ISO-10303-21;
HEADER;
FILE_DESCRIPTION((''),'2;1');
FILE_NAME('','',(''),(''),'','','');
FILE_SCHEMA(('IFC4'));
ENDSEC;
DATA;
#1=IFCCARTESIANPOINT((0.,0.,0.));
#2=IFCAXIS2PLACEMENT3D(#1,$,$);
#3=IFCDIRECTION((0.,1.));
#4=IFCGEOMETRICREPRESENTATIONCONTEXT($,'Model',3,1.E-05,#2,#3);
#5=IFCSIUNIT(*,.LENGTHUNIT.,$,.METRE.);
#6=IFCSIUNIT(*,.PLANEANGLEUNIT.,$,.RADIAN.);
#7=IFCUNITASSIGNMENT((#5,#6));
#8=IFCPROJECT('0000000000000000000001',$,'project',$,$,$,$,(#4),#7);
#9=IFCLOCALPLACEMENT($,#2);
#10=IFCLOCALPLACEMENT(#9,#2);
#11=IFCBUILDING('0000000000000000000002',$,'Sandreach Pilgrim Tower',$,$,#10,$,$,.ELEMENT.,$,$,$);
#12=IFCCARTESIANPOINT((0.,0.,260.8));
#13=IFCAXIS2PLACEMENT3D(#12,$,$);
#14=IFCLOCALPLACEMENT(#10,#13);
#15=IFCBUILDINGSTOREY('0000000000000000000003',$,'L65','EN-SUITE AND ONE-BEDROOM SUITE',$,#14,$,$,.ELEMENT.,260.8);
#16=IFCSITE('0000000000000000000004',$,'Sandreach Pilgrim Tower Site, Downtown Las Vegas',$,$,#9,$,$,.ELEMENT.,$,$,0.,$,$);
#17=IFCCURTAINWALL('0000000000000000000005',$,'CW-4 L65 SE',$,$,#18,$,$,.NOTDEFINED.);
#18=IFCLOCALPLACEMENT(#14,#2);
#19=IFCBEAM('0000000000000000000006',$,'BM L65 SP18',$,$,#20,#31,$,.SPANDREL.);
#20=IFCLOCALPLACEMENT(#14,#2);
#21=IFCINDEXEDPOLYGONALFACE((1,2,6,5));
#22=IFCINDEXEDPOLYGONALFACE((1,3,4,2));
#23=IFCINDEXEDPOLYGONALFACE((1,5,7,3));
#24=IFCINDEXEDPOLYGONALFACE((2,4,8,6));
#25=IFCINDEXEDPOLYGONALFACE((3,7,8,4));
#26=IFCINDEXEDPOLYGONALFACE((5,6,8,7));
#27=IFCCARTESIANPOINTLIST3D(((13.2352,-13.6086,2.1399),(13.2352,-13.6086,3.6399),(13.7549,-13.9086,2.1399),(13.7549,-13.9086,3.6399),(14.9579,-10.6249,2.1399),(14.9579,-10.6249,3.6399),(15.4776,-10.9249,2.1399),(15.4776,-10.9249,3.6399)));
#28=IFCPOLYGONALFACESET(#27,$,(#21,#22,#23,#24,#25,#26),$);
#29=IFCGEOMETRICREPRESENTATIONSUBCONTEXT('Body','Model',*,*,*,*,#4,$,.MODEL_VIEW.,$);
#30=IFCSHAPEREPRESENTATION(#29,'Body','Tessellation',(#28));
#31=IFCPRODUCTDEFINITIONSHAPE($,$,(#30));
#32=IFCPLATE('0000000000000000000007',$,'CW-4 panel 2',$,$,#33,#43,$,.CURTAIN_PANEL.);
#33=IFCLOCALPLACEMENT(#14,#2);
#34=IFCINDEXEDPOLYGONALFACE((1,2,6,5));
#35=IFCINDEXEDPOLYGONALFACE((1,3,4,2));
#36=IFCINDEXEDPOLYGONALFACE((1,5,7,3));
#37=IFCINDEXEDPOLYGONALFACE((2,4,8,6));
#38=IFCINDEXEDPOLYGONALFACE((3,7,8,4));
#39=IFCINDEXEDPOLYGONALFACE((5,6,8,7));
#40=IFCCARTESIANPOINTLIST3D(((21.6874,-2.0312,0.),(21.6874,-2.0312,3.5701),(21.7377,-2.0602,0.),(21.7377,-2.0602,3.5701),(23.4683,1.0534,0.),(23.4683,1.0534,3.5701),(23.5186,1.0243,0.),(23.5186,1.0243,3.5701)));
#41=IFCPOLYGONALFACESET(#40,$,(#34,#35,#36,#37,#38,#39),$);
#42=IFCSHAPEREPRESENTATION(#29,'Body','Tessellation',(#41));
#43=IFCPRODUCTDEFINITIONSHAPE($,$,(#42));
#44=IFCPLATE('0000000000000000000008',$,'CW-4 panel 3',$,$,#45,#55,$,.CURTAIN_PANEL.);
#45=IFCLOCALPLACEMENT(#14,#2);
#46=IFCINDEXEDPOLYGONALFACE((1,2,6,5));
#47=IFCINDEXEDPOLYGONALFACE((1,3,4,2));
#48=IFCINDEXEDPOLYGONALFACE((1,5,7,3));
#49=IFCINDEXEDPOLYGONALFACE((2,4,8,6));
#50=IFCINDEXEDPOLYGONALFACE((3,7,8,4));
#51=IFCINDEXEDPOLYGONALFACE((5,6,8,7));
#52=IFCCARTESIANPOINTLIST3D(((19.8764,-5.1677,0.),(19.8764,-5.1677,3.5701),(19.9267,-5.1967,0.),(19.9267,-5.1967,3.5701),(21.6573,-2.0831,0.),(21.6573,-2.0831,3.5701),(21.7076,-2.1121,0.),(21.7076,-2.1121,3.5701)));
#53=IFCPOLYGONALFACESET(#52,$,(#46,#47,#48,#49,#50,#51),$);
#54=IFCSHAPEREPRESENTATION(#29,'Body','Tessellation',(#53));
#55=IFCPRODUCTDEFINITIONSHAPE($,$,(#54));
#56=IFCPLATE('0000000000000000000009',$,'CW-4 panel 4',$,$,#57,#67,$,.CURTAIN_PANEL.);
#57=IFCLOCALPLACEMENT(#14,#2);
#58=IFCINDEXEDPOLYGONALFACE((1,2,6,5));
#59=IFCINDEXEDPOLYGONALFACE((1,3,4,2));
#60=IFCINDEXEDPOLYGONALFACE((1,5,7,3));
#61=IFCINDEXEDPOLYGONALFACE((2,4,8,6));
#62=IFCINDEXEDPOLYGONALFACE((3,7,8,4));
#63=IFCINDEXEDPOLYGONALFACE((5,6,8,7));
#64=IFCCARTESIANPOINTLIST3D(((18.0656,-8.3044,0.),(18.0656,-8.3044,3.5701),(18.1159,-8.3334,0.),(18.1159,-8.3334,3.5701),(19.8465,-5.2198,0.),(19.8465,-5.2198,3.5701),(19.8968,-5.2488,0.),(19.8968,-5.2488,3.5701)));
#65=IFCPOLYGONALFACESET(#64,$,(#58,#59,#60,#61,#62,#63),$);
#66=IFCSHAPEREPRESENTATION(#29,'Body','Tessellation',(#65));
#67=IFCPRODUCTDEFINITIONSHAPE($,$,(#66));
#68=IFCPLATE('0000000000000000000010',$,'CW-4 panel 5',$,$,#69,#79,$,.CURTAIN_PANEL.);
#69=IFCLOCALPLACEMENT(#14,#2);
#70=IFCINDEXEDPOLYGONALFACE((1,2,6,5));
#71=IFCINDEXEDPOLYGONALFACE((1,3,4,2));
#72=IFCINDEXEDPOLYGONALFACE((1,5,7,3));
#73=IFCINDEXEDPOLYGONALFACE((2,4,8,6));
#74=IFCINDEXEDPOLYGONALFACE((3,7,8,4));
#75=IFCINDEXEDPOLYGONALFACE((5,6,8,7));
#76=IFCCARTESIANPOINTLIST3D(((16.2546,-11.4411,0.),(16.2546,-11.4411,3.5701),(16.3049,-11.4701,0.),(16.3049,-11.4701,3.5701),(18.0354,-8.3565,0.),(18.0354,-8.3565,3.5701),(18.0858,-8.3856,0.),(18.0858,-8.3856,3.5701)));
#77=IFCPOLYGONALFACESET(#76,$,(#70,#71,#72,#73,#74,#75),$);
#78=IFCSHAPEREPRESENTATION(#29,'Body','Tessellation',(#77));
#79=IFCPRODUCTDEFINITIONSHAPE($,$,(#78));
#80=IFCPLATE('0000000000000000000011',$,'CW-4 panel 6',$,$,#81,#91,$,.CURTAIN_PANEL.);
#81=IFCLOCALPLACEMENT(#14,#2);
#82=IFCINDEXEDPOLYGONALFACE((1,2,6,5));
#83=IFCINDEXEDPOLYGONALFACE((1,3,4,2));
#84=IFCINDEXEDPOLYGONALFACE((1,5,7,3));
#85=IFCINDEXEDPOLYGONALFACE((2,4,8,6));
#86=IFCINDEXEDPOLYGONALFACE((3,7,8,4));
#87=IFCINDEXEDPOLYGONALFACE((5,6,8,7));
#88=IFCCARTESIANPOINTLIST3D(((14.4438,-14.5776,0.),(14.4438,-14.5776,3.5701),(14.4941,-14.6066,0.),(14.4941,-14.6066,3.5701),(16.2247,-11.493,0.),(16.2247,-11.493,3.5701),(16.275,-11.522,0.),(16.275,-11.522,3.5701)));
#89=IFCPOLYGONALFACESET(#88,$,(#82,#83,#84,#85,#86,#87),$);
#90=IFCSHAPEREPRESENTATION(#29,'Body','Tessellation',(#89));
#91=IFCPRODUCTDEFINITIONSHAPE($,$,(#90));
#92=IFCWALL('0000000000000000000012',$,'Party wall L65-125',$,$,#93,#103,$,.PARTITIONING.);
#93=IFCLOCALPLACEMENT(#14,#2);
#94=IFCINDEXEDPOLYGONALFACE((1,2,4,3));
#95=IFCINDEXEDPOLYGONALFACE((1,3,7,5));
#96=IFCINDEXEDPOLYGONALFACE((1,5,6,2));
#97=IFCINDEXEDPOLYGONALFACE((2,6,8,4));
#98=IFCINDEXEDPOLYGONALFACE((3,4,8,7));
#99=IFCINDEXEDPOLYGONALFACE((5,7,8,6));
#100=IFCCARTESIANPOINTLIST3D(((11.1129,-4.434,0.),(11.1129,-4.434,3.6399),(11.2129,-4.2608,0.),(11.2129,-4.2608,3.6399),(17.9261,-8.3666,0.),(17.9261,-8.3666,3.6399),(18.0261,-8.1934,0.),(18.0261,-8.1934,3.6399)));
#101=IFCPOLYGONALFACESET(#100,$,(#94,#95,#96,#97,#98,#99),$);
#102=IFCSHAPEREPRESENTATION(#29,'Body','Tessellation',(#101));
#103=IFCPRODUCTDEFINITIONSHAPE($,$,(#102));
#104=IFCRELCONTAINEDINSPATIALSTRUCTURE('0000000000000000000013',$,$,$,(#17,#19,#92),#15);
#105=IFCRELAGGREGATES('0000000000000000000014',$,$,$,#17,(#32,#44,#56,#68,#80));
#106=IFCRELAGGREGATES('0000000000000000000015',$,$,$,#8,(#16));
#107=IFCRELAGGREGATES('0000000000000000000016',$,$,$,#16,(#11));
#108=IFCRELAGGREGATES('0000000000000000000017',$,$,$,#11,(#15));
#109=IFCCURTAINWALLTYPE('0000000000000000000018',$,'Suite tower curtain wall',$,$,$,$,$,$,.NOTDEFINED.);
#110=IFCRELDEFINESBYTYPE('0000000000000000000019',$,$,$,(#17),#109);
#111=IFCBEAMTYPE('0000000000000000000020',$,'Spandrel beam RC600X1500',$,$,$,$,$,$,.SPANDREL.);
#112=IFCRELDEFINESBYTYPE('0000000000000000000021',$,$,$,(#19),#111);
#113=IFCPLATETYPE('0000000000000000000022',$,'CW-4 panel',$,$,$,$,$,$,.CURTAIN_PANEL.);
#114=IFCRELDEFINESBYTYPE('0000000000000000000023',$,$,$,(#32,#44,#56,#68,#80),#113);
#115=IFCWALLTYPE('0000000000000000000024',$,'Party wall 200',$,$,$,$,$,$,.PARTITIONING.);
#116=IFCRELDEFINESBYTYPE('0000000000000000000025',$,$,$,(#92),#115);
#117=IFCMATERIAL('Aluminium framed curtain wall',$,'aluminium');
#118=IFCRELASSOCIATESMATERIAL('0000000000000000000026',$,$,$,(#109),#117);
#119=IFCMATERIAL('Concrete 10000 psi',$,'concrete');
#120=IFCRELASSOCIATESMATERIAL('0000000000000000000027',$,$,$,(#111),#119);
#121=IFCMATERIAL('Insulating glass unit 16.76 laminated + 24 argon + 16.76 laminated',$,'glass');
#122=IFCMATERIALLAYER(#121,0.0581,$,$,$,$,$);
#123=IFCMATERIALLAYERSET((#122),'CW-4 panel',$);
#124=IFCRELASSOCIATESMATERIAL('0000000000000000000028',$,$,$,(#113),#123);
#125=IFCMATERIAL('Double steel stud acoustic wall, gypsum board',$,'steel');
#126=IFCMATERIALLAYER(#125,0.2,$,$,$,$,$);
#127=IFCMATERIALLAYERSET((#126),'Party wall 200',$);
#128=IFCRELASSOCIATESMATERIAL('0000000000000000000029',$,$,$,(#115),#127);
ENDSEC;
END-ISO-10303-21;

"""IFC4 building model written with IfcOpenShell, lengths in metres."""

from ifc_helpers import new_model, si_unit, direction, frame, frame_2d, origin, origin_2d, place, context, subcontext, project, spatial, rectangle, extrude, material, layer, layer_set, material_profile, profile_set, type_object, element, aggregate, save


model = new_model("IFC4")

# Units and contexts
model_context = context("Model", 3, precision=1e-05, world=origin(), true_north=direction((0.0, 1.0)))
body_context = subcontext(model_context, "Body", "Model", "MODEL_VIEW")
ifc_project = project(units=[si_unit("LENGTHUNIT", "METRE"), si_unit("PLANEANGLEUNIT", "RADIAN")], contexts=[model_context])

# Site, building, storey
site_placement = place(None, origin())
site = spatial("IfcSite", under=ifc_project, at=site_placement, Name="Sandreach Pilgrim Tower Site, Downtown Las Vegas", CompositionType="ELEMENT", RefElevation=0.0)
building_placement = place(site_placement, origin())
building = spatial("IfcBuilding", under=site, at=building_placement, Name="Sandreach Pilgrim Tower", CompositionType="ELEMENT")
storey_placement = place(building_placement, frame((0.0, 0.0, 260.8)))
storey = spatial("IfcBuildingStorey", under=building, at=storey_placement, Name="L65", Description="EN-SUITE AND ONE-BEDROOM SUITE", CompositionType="ELEMENT", Elevation=260.8)

# Curtain wall
ifc_material_1 = material(Name="Aluminium framed curtain wall", Category="aluminium")
curtain_wall_type = type_object("IfcCurtainWallType", Name="Suite tower curtain wall", PredefinedType="NOTDEFINED", material=ifc_material_1)
curtain_wall_placement = place(storey_placement, origin())
curtain_wall = element("IfcCurtainWall", 1, at=curtain_wall_placement, inside=storey, type_object=curtain_wall_type, Name="CW-4 L65 SE", PredefinedType="NOTDEFINED")

# Beam
ifc_material_2 = material(Name="Concrete 10000 psi", Category="concrete")
ifc_material_profile_1 = material_profile(ifc_material_2, rectangle(XDim=0.6001, YDim=1.5, at=origin_2d()), Name="RC600X1500")
ifc_profile_set_1 = profile_set([ifc_material_profile_1], Name="Concrete 10000 psi")
beam_type_1 = type_object("IfcBeamType", Name="Spandrel beam RC600X1500", PredefinedType="SPANDREL", material=ifc_profile_set_1)
beam_1_placement = place(storey_placement, frame((15.2178, -10.7749, 2.8899), z_axis=(-0.500011, -0.866019, 0.0), x_axis=(0.866019, -0.500011, 0.0)))
element("IfcBeam", 2, at=beam_1_placement, inside=storey, type_object=beam_type_1, Name="BM L65 SP18", PredefinedType="SPANDREL", context=body_context, shape_type="SweptSolid", body=[
    extrude(rectangle(XDim=0.6001, YDim=1.5, at=origin_2d()), origin(), (0.0, 0.0, 1.0), 3.4453),
])

# Plates
ifc_material_3 = material(Name="Insulating glass unit 16.76 laminated + 24 argon + 16.76 laminated", Category="glass")
ifc_layer_1 = layer(ifc_material_3, 0.0581)
ifc_layer_set_1 = layer_set([ifc_layer_1], Name="CW-4 panel")
plate_type = type_object("IfcPlateType", Name="CW-4 panel", PredefinedType="CURTAIN_PANEL", material=ifc_layer_set_1)
plate_1_placement = place(storey_placement, frame((22.603, -0.5034, 0.0), z_axis=(0.0, 0.0, 1.0), x_axis=(-0.5, -0.866025, 0.0)))
plate_1 = element("IfcPlate", 3, at=plate_1_placement, type_object=plate_type, Name="CW-4 panel 2", PredefinedType="CURTAIN_PANEL", context=body_context, shape_type="SweptSolid", body=[
    extrude(rectangle(XDim=3.5618, YDim=0.0581, at=origin_2d()), origin(), (0.0, 0.0, 1.0), 3.5701),
])
plate_2_placement = place(storey_placement, frame((20.792, -3.6399, 0.0), z_axis=(0.0, 0.0, 1.0), x_axis=(-0.5, -0.866025, 0.0)))
plate_2 = element("IfcPlate", 4, at=plate_2_placement, type_object=plate_type, Name="CW-4 panel 3", PredefinedType="CURTAIN_PANEL", context=body_context, shape_type="SweptSolid", body=[
    extrude(rectangle(XDim=3.5618, YDim=0.0581, at=origin_2d()), origin(), (0.0, 0.0, 1.0), 3.5701),
])
plate_3_placement = place(storey_placement, frame((18.9812, -6.7766, 0.0), z_axis=(0.0, 0.0, 1.0), x_axis=(-0.5, -0.866025, 0.0)))
plate_3 = element("IfcPlate", 5, at=plate_3_placement, type_object=plate_type, Name="CW-4 panel 4", PredefinedType="CURTAIN_PANEL", context=body_context, shape_type="SweptSolid", body=[
    extrude(rectangle(XDim=3.5618, YDim=0.0581, at=origin_2d()), origin(), (0.0, 0.0, 1.0), 3.5701),
])
plate_4_placement = place(storey_placement, frame((17.1702, -9.9133, 0.0), z_axis=(0.0, 0.0, 1.0), x_axis=(-0.5, -0.866025, 0.0)))
plate_4 = element("IfcPlate", 6, at=plate_4_placement, type_object=plate_type, Name="CW-4 panel 5", PredefinedType="CURTAIN_PANEL", context=body_context, shape_type="SweptSolid", body=[
    extrude(rectangle(XDim=3.5618, YDim=0.0581, at=origin_2d()), origin(), (0.0, 0.0, 1.0), 3.5701),
])
plate_5_placement = place(storey_placement, frame((15.3594, -13.0498, 0.0), z_axis=(0.0, 0.0, 1.0), x_axis=(-0.5, -0.866025, 0.0)))
plate_5 = element("IfcPlate", 7, at=plate_5_placement, type_object=plate_type, Name="CW-4 panel 6", PredefinedType="CURTAIN_PANEL", context=body_context, shape_type="SweptSolid", body=[
    extrude(rectangle(XDim=3.5618, YDim=0.0581, at=origin_2d()), origin(), (0.0, 0.0, 1.0), 3.5701),
])
aggregate(curtain_wall, [plate_1, plate_2, plate_3, plate_4, plate_5])

# Wall
ifc_material_4 = material(Name="Double steel stud acoustic wall, gypsum board", Category="steel")
ifc_layer_2 = layer(ifc_material_4, 0.2)
ifc_layer_set_2 = layer_set([ifc_layer_2], Name="Party wall 200")
wall_type = type_object("IfcWallType", Name="Party wall 200", PredefinedType="PARTITIONING", material=ifc_layer_set_2)
wall_placement = place(storey_placement, frame((17.9761, -8.28, 0.0), z_axis=(0.0, 0.0, 1.0), x_axis=(-0.866081, 0.499904, 0.0)))
element("IfcWall", 8, at=wall_placement, inside=storey, type_object=wall_type, Name="Party wall L65-125", PredefinedType="PARTITIONING", context=body_context, shape_type="SweptSolid", body=[
    extrude(rectangle(XDim=7.8667, YDim=0.2, at=frame_2d((3.9333, 0.0))), origin(), (0.0, 0.0, 1.0), 3.6399),
])

save(model, "model.ifc")
